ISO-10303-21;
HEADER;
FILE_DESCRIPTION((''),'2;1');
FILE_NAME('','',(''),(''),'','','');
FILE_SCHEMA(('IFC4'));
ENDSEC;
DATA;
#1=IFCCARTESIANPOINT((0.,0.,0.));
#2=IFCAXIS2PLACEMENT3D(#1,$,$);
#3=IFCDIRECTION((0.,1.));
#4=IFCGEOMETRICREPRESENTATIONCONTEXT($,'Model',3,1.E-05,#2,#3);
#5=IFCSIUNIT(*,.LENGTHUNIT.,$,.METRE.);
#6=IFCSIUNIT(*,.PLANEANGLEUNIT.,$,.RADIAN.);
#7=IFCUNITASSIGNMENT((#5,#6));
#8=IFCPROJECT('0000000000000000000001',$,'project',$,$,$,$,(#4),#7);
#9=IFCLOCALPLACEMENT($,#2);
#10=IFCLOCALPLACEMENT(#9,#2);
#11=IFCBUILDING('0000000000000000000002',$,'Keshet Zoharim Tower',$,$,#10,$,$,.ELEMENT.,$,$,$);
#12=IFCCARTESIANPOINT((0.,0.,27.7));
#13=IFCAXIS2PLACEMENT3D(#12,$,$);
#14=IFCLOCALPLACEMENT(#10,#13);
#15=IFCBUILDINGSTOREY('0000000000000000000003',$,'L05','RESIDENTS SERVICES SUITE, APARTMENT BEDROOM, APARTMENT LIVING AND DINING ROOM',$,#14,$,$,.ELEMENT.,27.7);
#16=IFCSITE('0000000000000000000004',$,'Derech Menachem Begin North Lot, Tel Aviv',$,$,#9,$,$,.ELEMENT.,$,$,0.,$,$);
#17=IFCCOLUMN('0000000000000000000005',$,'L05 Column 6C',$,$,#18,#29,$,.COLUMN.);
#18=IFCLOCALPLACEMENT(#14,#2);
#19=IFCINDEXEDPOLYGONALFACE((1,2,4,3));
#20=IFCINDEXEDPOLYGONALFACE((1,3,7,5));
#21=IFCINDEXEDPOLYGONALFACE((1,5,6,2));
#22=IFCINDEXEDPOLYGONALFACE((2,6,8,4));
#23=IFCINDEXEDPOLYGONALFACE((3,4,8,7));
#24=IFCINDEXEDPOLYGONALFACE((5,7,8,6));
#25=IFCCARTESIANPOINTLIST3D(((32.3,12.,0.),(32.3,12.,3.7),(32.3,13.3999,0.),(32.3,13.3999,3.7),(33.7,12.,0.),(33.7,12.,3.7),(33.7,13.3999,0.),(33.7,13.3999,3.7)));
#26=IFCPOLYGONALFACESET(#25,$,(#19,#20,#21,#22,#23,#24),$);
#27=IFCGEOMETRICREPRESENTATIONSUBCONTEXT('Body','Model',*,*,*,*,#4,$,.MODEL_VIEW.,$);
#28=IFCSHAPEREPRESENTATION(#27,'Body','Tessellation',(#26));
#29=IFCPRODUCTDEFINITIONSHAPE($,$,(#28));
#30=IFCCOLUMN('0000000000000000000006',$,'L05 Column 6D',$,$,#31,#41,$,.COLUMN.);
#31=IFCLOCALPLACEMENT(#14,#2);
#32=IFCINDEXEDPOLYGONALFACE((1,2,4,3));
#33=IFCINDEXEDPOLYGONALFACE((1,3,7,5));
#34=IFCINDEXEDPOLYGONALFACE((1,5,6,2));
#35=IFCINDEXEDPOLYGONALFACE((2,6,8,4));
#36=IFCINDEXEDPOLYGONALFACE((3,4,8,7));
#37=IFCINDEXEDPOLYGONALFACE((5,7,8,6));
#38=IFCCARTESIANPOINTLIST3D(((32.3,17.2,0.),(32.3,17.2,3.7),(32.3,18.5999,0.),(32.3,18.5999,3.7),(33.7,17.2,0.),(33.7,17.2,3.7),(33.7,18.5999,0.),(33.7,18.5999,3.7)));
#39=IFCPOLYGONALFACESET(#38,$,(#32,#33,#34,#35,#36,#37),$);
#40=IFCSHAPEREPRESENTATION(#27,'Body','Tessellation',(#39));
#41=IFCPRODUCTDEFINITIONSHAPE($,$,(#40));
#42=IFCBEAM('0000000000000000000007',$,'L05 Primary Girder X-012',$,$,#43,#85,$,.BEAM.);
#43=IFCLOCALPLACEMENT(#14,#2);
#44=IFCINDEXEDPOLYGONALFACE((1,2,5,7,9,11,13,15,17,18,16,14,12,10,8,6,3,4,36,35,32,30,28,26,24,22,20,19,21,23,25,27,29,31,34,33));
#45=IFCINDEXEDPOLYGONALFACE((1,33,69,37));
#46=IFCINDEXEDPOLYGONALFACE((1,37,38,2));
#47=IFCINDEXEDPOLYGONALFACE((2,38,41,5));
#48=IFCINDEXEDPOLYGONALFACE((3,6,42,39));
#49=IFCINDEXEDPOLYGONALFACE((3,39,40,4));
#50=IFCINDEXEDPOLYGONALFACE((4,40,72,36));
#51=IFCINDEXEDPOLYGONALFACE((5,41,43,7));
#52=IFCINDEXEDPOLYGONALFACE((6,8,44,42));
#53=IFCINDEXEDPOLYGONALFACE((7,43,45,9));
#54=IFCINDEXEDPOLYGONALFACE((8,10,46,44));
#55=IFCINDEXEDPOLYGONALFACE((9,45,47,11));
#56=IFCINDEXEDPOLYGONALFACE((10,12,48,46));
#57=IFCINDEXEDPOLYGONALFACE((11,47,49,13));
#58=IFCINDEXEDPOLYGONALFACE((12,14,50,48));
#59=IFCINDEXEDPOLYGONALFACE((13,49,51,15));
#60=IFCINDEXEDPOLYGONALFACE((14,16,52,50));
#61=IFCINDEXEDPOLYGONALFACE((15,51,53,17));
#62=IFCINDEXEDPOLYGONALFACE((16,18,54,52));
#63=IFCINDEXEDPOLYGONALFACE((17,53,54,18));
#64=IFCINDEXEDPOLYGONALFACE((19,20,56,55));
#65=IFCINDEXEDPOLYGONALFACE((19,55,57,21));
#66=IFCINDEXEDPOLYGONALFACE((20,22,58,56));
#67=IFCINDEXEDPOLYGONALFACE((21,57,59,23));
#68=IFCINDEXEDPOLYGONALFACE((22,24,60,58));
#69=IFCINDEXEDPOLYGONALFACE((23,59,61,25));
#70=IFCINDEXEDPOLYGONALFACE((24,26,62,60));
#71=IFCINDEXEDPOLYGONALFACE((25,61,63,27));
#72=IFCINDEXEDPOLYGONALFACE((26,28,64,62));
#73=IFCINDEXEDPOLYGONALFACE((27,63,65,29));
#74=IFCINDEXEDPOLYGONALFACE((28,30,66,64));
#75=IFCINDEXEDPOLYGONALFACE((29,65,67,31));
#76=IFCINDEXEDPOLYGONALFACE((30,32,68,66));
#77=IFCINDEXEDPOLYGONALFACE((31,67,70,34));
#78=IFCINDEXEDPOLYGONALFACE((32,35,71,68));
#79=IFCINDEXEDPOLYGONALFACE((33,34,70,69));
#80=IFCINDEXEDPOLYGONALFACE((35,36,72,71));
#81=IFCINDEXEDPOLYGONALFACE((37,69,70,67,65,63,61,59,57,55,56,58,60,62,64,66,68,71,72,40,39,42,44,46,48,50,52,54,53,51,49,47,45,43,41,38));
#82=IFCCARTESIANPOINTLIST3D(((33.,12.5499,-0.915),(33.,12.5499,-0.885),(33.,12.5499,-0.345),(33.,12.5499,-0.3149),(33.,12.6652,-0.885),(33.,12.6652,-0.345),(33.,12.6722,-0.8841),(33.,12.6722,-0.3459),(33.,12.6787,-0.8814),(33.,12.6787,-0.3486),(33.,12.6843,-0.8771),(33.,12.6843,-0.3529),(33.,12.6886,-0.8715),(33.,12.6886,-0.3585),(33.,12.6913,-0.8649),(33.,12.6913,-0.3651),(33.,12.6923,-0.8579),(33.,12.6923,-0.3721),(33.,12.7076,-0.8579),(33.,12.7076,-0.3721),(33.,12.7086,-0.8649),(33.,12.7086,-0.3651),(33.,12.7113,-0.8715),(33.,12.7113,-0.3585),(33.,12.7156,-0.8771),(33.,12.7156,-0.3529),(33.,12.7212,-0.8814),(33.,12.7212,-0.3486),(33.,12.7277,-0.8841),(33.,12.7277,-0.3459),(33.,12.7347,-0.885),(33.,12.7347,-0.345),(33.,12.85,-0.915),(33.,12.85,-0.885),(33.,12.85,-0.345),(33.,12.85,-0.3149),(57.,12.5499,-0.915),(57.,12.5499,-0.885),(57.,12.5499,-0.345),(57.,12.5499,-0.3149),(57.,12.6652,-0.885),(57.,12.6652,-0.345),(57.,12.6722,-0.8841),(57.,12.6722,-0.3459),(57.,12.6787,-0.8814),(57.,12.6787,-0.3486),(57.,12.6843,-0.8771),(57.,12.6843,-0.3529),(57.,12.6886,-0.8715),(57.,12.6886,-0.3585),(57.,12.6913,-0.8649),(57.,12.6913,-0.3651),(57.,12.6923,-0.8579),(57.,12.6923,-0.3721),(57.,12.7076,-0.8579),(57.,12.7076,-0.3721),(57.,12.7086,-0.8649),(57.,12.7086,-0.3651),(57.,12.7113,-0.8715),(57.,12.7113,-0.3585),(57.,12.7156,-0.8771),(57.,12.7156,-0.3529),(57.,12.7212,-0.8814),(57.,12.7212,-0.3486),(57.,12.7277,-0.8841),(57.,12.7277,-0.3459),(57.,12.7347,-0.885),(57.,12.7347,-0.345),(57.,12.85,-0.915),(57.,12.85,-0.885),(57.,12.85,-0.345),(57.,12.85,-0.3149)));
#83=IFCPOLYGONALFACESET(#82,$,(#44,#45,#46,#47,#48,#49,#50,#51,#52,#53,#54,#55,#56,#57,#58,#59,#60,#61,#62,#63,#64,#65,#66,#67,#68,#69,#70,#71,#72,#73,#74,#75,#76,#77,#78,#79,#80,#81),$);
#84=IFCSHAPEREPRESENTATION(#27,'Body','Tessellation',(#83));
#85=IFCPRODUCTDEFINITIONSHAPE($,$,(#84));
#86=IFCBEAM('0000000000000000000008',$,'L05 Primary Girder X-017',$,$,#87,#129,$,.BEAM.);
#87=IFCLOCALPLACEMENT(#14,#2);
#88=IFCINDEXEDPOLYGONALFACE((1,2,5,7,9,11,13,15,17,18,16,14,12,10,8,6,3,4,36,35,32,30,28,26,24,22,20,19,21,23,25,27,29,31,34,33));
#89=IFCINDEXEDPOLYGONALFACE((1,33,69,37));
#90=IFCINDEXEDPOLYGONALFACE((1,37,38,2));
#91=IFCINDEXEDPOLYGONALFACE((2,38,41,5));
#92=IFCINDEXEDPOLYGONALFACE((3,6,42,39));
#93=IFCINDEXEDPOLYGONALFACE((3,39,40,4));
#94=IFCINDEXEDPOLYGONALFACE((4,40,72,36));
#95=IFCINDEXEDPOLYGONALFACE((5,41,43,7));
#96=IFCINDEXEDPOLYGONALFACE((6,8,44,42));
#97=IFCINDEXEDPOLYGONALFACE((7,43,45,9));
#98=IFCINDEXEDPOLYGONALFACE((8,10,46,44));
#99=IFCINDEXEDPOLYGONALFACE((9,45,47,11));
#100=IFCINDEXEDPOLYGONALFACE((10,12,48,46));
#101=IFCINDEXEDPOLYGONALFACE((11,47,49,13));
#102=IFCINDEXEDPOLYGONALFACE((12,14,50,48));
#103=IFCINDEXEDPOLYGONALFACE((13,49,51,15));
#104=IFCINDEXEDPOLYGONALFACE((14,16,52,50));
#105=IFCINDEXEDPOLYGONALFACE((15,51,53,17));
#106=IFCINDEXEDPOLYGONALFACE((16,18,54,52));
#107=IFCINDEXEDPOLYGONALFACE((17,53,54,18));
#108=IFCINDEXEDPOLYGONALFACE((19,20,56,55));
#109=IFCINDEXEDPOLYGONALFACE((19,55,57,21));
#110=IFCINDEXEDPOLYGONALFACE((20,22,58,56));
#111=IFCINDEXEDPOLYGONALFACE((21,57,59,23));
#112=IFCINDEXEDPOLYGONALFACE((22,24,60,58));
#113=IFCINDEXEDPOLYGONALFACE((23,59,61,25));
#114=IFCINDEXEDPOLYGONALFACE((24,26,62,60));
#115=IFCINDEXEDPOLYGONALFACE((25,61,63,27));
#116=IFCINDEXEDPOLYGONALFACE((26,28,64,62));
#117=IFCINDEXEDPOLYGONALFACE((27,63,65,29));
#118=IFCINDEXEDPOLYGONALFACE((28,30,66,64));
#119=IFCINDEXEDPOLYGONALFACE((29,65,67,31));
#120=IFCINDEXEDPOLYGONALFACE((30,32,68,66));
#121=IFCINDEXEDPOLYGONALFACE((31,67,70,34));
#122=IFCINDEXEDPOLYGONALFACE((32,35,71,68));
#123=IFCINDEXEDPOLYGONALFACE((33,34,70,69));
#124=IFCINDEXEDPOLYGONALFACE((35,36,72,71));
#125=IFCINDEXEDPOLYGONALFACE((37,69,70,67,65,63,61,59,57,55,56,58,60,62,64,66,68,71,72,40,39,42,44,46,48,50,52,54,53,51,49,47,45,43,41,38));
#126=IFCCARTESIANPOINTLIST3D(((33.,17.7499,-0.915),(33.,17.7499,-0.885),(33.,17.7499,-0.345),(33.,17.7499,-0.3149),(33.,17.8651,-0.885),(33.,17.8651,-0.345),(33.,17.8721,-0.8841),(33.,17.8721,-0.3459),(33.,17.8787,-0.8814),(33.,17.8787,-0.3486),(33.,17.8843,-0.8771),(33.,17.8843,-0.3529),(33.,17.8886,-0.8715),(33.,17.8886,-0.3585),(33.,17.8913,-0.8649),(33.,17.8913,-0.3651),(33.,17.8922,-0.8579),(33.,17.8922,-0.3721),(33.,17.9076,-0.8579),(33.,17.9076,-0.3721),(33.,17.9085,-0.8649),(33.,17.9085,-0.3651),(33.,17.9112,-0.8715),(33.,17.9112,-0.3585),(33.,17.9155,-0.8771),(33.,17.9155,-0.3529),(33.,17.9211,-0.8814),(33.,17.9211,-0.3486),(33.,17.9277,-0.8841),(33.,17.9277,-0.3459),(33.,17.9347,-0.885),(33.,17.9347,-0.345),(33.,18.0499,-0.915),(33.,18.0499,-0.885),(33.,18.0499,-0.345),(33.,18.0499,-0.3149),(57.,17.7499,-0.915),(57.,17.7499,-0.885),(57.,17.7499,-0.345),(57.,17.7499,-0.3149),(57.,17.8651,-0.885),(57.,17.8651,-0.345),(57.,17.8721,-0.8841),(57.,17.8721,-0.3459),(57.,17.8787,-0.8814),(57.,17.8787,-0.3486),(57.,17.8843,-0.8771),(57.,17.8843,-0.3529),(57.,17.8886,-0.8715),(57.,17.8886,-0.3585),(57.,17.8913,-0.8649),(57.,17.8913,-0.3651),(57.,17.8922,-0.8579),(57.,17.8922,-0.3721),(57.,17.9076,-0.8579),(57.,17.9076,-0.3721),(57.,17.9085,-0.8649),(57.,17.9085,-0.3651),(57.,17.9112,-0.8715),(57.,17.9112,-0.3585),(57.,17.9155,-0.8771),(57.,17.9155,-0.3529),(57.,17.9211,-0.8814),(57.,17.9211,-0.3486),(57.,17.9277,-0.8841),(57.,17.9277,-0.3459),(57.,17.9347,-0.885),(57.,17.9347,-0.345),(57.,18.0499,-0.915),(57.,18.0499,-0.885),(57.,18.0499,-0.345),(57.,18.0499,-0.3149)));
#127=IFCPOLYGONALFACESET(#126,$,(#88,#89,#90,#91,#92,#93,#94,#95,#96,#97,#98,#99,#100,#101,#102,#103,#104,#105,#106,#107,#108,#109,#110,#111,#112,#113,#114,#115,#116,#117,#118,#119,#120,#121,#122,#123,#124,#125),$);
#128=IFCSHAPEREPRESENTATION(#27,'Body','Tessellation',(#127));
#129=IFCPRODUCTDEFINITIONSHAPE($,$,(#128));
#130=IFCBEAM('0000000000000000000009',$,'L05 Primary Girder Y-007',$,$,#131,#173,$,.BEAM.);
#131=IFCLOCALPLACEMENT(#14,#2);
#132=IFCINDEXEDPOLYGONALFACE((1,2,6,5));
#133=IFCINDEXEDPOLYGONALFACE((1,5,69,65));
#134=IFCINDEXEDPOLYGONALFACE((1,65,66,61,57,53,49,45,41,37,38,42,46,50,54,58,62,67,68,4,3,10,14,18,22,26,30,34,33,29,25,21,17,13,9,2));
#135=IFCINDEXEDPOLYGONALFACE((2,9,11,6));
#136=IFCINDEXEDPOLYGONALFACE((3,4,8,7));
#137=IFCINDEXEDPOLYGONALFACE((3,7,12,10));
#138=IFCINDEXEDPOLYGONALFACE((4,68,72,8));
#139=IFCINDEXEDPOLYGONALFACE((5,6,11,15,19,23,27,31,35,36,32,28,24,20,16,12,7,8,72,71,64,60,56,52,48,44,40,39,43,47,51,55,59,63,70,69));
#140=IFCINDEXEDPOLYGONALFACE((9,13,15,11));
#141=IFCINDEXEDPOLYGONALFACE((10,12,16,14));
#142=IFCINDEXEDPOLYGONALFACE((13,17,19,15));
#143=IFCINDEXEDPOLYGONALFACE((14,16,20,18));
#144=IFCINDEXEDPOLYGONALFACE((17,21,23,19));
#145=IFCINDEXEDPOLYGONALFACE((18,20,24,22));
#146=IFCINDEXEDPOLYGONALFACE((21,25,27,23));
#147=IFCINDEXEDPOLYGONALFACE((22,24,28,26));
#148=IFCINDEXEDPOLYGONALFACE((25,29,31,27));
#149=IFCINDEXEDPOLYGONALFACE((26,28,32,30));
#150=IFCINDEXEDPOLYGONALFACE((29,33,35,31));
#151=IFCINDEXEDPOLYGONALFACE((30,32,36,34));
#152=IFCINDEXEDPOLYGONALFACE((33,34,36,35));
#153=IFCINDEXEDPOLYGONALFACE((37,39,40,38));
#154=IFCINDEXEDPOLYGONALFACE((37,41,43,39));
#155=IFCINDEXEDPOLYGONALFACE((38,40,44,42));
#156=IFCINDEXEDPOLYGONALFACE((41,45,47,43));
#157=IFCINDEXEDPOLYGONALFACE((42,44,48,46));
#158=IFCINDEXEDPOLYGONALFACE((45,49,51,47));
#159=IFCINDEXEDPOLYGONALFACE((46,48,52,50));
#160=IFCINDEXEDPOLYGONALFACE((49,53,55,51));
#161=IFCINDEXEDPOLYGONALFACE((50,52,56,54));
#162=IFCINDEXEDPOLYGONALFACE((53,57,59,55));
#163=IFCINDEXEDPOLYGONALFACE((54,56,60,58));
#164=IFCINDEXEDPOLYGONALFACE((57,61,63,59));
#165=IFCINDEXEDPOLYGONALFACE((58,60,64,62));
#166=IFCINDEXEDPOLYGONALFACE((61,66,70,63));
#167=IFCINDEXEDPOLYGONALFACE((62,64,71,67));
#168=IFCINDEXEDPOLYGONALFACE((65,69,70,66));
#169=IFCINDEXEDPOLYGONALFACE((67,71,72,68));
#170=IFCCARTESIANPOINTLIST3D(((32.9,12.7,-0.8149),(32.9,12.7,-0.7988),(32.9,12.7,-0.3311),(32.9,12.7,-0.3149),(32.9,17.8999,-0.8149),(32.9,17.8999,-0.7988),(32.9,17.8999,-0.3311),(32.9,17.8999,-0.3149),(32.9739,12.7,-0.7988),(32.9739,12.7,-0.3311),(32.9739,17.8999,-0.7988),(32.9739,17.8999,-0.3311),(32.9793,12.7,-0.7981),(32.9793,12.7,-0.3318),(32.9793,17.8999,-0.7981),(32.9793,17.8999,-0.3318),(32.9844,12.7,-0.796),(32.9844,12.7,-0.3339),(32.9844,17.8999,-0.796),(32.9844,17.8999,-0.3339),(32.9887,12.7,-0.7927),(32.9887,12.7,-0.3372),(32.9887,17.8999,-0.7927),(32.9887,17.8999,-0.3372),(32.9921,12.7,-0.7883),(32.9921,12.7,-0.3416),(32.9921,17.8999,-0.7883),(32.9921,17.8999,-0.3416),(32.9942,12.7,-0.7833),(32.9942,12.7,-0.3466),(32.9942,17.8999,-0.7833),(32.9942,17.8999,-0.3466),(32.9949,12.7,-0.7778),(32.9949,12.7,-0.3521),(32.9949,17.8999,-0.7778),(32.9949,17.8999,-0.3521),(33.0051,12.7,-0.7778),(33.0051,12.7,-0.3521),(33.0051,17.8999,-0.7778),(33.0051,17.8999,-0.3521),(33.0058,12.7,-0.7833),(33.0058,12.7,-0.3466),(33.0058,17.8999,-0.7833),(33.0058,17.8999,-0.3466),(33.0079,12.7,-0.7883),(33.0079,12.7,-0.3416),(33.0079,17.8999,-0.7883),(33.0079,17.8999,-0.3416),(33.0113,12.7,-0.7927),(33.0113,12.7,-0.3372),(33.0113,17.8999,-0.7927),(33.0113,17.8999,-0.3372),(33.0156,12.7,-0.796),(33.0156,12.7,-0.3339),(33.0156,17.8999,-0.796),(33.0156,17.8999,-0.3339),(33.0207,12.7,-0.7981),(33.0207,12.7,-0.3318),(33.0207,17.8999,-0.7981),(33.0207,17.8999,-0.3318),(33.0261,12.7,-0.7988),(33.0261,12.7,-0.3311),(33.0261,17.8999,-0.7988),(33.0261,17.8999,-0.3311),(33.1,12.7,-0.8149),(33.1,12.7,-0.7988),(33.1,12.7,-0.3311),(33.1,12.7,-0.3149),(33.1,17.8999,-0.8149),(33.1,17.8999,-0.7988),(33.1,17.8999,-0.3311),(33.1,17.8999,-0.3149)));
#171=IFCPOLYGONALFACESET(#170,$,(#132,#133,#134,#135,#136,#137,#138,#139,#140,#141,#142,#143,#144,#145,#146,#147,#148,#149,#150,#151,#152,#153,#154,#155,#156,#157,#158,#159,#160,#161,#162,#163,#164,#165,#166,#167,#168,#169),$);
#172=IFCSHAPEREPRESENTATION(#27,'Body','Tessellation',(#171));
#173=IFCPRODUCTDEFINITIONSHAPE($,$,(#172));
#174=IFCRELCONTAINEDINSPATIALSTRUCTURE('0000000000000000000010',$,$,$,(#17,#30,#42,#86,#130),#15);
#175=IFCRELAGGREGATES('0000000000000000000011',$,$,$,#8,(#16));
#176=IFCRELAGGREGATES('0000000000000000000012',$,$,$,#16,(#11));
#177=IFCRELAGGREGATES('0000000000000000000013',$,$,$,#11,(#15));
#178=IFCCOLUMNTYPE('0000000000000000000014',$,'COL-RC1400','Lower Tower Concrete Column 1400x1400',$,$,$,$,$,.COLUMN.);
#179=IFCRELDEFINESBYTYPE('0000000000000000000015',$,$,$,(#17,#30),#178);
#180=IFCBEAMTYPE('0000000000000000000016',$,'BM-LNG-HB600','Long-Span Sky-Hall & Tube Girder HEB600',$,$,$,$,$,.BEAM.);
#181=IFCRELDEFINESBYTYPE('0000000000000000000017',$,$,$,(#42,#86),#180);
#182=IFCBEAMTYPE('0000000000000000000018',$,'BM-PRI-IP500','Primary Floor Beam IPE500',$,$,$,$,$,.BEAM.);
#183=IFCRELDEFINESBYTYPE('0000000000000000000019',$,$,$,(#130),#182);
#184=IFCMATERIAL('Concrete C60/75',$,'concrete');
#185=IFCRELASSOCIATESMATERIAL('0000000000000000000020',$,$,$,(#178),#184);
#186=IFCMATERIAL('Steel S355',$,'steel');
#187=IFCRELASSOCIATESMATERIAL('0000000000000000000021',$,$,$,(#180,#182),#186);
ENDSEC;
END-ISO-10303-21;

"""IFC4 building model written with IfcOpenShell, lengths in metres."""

from ifc_helpers import new_model, si_unit, direction, frame, origin, origin_2d, place, context, subcontext, project, spatial, rectangle, i_section, extrude, material, material_profile, profile_set, type_object, element, save


model = new_model("IFC4")

# Units and contexts
model_context = context("Model", 3, precision=1e-05, world=origin(), true_north=direction((0.0, 1.0)))
body_context = subcontext(model_context, "Body", "Model", "MODEL_VIEW")
ifc_project = project(units=[si_unit("LENGTHUNIT", "METRE"), si_unit("PLANEANGLEUNIT", "RADIAN")], contexts=[model_context])

# Site, building, storey
site_placement = place(None, origin())
site = spatial("IfcSite", under=ifc_project, at=site_placement, Name="Derech Menachem Begin North Lot, Tel Aviv", CompositionType="ELEMENT", RefElevation=0.0)
building_placement = place(site_placement, origin())
building = spatial("IfcBuilding", under=site, at=building_placement, Name="Keshet Zoharim Tower", CompositionType="ELEMENT")
storey_placement = place(building_placement, frame((0.0, 0.0, 27.7)))
storey = spatial("IfcBuildingStorey", under=building, at=storey_placement, Name="L05", Description="RESIDENTS SERVICES SUITE, APARTMENT BEDROOM, APARTMENT LIVING AND DINING ROOM", CompositionType="ELEMENT", Elevation=27.7)

# Columns
ifc_material_1 = material(Name="Concrete C60/75", Category="concrete")
ifc_material_profile_1 = material_profile(ifc_material_1, rectangle(XDim=1.3999, YDim=1.3999, at=origin_2d()), Name="RC1400x1400")
ifc_profile_set_1 = profile_set([ifc_material_profile_1], Name="Concrete C60/75")
column_type = type_object("IfcColumnType", Name="COL-RC1400", Description="Lower Tower Concrete Column 1400x1400", PredefinedType="COLUMN", material=ifc_profile_set_1)
for number, where, z_axis, x_axis, name in (
    (1, (33.0, 12.7, 0.0), (0.0, 0.0, 1.0), (1.0, 0.0, 0.0), "L05 Column 6C"),
    (2, (33.0, 17.8999, 0.0), (0.0, 0.0, 1.0), (1.0, 0.0, 0.0), "L05 Column 6D"),
):
    element("IfcColumn", number, at=place(storey_placement, frame(where, z_axis=z_axis, x_axis=x_axis)), inside=storey, type_object=column_type, Name=name, PredefinedType="COLUMN", context=body_context, shape_type="SweptSolid", body=[
        extrude(rectangle(XDim=1.3999, YDim=1.3999, at=origin_2d()), origin(), (0.0, 0.0, 1.0), 3.7),
    ])

# Beams
ifc_material_2 = material(Name="Steel S355", Category="steel")
ifc_material_profile_2 = material_profile(ifc_material_2, i_section(OverallWidth=0.3, OverallDepth=0.6001, WebThickness=0.0154, FlangeThickness=0.03, FilletRadius=0.0271, at=origin_2d()), Name="HEB600")
ifc_profile_set_2 = profile_set([ifc_material_profile_2], Name="Steel S355")
beam_type_1 = type_object("IfcBeamType", Name="BM-LNG-HB600", Description="Long-Span Sky-Hall & Tube Girder HEB600", PredefinedType="BEAM", material=ifc_profile_set_2)
for number, where, z_axis, x_axis, name in (
    (3, (33.0, 12.7, -0.615), (1.0, 0.0, 0.0), (0.0, 1.0, 0.0), "L05 Primary Girder X-012"),
    (4, (33.0, 17.8999, -0.615), (1.0, 0.0, 0.0), (0.0, 1.0, 0.0), "L05 Primary Girder X-017"),
):
    element("IfcBeam", number, at=place(storey_placement, frame(where, z_axis=z_axis, x_axis=x_axis)), inside=storey, type_object=beam_type_1, Name=name, PredefinedType="BEAM", context=body_context, shape_type="SweptSolid", body=[
        extrude(i_section(OverallWidth=0.3, OverallDepth=0.6001, WebThickness=0.0154, FlangeThickness=0.03, FilletRadius=0.0271, at=origin_2d()), origin(), (0.0, 0.0, 1.0), 24.0),
    ])
ifc_material_profile_3 = material_profile(ifc_material_2, i_section(OverallWidth=0.2, OverallDepth=0.5, WebThickness=0.0103, FlangeThickness=0.0161, FilletRadius=0.021, at=origin_2d()), Name="IPE500")
ifc_profile_set_3 = profile_set([ifc_material_profile_3], Name="Steel S355")
beam_type_2 = type_object("IfcBeamType", Name="BM-PRI-IP500", Description="Primary Floor Beam IPE500", PredefinedType="BEAM", material=ifc_profile_set_3)
beam_1_placement = place(storey_placement, frame((33.0, 12.7, -0.5649), z_axis=(0.0, 1.0, 0.0), x_axis=(-1.0, 0.0, 0.0)))
element("IfcBeam", 5, at=beam_1_placement, inside=storey, type_object=beam_type_2, Name="L05 Primary Girder Y-007", PredefinedType="BEAM", context=body_context, shape_type="SweptSolid", body=[
    extrude(i_section(OverallWidth=0.2, OverallDepth=0.5, WebThickness=0.0103, FlangeThickness=0.0161, FilletRadius=0.021, at=origin_2d()), origin(), (0.0, 0.0, 1.0), 5.2),
])

save(model, "model.ifc")
